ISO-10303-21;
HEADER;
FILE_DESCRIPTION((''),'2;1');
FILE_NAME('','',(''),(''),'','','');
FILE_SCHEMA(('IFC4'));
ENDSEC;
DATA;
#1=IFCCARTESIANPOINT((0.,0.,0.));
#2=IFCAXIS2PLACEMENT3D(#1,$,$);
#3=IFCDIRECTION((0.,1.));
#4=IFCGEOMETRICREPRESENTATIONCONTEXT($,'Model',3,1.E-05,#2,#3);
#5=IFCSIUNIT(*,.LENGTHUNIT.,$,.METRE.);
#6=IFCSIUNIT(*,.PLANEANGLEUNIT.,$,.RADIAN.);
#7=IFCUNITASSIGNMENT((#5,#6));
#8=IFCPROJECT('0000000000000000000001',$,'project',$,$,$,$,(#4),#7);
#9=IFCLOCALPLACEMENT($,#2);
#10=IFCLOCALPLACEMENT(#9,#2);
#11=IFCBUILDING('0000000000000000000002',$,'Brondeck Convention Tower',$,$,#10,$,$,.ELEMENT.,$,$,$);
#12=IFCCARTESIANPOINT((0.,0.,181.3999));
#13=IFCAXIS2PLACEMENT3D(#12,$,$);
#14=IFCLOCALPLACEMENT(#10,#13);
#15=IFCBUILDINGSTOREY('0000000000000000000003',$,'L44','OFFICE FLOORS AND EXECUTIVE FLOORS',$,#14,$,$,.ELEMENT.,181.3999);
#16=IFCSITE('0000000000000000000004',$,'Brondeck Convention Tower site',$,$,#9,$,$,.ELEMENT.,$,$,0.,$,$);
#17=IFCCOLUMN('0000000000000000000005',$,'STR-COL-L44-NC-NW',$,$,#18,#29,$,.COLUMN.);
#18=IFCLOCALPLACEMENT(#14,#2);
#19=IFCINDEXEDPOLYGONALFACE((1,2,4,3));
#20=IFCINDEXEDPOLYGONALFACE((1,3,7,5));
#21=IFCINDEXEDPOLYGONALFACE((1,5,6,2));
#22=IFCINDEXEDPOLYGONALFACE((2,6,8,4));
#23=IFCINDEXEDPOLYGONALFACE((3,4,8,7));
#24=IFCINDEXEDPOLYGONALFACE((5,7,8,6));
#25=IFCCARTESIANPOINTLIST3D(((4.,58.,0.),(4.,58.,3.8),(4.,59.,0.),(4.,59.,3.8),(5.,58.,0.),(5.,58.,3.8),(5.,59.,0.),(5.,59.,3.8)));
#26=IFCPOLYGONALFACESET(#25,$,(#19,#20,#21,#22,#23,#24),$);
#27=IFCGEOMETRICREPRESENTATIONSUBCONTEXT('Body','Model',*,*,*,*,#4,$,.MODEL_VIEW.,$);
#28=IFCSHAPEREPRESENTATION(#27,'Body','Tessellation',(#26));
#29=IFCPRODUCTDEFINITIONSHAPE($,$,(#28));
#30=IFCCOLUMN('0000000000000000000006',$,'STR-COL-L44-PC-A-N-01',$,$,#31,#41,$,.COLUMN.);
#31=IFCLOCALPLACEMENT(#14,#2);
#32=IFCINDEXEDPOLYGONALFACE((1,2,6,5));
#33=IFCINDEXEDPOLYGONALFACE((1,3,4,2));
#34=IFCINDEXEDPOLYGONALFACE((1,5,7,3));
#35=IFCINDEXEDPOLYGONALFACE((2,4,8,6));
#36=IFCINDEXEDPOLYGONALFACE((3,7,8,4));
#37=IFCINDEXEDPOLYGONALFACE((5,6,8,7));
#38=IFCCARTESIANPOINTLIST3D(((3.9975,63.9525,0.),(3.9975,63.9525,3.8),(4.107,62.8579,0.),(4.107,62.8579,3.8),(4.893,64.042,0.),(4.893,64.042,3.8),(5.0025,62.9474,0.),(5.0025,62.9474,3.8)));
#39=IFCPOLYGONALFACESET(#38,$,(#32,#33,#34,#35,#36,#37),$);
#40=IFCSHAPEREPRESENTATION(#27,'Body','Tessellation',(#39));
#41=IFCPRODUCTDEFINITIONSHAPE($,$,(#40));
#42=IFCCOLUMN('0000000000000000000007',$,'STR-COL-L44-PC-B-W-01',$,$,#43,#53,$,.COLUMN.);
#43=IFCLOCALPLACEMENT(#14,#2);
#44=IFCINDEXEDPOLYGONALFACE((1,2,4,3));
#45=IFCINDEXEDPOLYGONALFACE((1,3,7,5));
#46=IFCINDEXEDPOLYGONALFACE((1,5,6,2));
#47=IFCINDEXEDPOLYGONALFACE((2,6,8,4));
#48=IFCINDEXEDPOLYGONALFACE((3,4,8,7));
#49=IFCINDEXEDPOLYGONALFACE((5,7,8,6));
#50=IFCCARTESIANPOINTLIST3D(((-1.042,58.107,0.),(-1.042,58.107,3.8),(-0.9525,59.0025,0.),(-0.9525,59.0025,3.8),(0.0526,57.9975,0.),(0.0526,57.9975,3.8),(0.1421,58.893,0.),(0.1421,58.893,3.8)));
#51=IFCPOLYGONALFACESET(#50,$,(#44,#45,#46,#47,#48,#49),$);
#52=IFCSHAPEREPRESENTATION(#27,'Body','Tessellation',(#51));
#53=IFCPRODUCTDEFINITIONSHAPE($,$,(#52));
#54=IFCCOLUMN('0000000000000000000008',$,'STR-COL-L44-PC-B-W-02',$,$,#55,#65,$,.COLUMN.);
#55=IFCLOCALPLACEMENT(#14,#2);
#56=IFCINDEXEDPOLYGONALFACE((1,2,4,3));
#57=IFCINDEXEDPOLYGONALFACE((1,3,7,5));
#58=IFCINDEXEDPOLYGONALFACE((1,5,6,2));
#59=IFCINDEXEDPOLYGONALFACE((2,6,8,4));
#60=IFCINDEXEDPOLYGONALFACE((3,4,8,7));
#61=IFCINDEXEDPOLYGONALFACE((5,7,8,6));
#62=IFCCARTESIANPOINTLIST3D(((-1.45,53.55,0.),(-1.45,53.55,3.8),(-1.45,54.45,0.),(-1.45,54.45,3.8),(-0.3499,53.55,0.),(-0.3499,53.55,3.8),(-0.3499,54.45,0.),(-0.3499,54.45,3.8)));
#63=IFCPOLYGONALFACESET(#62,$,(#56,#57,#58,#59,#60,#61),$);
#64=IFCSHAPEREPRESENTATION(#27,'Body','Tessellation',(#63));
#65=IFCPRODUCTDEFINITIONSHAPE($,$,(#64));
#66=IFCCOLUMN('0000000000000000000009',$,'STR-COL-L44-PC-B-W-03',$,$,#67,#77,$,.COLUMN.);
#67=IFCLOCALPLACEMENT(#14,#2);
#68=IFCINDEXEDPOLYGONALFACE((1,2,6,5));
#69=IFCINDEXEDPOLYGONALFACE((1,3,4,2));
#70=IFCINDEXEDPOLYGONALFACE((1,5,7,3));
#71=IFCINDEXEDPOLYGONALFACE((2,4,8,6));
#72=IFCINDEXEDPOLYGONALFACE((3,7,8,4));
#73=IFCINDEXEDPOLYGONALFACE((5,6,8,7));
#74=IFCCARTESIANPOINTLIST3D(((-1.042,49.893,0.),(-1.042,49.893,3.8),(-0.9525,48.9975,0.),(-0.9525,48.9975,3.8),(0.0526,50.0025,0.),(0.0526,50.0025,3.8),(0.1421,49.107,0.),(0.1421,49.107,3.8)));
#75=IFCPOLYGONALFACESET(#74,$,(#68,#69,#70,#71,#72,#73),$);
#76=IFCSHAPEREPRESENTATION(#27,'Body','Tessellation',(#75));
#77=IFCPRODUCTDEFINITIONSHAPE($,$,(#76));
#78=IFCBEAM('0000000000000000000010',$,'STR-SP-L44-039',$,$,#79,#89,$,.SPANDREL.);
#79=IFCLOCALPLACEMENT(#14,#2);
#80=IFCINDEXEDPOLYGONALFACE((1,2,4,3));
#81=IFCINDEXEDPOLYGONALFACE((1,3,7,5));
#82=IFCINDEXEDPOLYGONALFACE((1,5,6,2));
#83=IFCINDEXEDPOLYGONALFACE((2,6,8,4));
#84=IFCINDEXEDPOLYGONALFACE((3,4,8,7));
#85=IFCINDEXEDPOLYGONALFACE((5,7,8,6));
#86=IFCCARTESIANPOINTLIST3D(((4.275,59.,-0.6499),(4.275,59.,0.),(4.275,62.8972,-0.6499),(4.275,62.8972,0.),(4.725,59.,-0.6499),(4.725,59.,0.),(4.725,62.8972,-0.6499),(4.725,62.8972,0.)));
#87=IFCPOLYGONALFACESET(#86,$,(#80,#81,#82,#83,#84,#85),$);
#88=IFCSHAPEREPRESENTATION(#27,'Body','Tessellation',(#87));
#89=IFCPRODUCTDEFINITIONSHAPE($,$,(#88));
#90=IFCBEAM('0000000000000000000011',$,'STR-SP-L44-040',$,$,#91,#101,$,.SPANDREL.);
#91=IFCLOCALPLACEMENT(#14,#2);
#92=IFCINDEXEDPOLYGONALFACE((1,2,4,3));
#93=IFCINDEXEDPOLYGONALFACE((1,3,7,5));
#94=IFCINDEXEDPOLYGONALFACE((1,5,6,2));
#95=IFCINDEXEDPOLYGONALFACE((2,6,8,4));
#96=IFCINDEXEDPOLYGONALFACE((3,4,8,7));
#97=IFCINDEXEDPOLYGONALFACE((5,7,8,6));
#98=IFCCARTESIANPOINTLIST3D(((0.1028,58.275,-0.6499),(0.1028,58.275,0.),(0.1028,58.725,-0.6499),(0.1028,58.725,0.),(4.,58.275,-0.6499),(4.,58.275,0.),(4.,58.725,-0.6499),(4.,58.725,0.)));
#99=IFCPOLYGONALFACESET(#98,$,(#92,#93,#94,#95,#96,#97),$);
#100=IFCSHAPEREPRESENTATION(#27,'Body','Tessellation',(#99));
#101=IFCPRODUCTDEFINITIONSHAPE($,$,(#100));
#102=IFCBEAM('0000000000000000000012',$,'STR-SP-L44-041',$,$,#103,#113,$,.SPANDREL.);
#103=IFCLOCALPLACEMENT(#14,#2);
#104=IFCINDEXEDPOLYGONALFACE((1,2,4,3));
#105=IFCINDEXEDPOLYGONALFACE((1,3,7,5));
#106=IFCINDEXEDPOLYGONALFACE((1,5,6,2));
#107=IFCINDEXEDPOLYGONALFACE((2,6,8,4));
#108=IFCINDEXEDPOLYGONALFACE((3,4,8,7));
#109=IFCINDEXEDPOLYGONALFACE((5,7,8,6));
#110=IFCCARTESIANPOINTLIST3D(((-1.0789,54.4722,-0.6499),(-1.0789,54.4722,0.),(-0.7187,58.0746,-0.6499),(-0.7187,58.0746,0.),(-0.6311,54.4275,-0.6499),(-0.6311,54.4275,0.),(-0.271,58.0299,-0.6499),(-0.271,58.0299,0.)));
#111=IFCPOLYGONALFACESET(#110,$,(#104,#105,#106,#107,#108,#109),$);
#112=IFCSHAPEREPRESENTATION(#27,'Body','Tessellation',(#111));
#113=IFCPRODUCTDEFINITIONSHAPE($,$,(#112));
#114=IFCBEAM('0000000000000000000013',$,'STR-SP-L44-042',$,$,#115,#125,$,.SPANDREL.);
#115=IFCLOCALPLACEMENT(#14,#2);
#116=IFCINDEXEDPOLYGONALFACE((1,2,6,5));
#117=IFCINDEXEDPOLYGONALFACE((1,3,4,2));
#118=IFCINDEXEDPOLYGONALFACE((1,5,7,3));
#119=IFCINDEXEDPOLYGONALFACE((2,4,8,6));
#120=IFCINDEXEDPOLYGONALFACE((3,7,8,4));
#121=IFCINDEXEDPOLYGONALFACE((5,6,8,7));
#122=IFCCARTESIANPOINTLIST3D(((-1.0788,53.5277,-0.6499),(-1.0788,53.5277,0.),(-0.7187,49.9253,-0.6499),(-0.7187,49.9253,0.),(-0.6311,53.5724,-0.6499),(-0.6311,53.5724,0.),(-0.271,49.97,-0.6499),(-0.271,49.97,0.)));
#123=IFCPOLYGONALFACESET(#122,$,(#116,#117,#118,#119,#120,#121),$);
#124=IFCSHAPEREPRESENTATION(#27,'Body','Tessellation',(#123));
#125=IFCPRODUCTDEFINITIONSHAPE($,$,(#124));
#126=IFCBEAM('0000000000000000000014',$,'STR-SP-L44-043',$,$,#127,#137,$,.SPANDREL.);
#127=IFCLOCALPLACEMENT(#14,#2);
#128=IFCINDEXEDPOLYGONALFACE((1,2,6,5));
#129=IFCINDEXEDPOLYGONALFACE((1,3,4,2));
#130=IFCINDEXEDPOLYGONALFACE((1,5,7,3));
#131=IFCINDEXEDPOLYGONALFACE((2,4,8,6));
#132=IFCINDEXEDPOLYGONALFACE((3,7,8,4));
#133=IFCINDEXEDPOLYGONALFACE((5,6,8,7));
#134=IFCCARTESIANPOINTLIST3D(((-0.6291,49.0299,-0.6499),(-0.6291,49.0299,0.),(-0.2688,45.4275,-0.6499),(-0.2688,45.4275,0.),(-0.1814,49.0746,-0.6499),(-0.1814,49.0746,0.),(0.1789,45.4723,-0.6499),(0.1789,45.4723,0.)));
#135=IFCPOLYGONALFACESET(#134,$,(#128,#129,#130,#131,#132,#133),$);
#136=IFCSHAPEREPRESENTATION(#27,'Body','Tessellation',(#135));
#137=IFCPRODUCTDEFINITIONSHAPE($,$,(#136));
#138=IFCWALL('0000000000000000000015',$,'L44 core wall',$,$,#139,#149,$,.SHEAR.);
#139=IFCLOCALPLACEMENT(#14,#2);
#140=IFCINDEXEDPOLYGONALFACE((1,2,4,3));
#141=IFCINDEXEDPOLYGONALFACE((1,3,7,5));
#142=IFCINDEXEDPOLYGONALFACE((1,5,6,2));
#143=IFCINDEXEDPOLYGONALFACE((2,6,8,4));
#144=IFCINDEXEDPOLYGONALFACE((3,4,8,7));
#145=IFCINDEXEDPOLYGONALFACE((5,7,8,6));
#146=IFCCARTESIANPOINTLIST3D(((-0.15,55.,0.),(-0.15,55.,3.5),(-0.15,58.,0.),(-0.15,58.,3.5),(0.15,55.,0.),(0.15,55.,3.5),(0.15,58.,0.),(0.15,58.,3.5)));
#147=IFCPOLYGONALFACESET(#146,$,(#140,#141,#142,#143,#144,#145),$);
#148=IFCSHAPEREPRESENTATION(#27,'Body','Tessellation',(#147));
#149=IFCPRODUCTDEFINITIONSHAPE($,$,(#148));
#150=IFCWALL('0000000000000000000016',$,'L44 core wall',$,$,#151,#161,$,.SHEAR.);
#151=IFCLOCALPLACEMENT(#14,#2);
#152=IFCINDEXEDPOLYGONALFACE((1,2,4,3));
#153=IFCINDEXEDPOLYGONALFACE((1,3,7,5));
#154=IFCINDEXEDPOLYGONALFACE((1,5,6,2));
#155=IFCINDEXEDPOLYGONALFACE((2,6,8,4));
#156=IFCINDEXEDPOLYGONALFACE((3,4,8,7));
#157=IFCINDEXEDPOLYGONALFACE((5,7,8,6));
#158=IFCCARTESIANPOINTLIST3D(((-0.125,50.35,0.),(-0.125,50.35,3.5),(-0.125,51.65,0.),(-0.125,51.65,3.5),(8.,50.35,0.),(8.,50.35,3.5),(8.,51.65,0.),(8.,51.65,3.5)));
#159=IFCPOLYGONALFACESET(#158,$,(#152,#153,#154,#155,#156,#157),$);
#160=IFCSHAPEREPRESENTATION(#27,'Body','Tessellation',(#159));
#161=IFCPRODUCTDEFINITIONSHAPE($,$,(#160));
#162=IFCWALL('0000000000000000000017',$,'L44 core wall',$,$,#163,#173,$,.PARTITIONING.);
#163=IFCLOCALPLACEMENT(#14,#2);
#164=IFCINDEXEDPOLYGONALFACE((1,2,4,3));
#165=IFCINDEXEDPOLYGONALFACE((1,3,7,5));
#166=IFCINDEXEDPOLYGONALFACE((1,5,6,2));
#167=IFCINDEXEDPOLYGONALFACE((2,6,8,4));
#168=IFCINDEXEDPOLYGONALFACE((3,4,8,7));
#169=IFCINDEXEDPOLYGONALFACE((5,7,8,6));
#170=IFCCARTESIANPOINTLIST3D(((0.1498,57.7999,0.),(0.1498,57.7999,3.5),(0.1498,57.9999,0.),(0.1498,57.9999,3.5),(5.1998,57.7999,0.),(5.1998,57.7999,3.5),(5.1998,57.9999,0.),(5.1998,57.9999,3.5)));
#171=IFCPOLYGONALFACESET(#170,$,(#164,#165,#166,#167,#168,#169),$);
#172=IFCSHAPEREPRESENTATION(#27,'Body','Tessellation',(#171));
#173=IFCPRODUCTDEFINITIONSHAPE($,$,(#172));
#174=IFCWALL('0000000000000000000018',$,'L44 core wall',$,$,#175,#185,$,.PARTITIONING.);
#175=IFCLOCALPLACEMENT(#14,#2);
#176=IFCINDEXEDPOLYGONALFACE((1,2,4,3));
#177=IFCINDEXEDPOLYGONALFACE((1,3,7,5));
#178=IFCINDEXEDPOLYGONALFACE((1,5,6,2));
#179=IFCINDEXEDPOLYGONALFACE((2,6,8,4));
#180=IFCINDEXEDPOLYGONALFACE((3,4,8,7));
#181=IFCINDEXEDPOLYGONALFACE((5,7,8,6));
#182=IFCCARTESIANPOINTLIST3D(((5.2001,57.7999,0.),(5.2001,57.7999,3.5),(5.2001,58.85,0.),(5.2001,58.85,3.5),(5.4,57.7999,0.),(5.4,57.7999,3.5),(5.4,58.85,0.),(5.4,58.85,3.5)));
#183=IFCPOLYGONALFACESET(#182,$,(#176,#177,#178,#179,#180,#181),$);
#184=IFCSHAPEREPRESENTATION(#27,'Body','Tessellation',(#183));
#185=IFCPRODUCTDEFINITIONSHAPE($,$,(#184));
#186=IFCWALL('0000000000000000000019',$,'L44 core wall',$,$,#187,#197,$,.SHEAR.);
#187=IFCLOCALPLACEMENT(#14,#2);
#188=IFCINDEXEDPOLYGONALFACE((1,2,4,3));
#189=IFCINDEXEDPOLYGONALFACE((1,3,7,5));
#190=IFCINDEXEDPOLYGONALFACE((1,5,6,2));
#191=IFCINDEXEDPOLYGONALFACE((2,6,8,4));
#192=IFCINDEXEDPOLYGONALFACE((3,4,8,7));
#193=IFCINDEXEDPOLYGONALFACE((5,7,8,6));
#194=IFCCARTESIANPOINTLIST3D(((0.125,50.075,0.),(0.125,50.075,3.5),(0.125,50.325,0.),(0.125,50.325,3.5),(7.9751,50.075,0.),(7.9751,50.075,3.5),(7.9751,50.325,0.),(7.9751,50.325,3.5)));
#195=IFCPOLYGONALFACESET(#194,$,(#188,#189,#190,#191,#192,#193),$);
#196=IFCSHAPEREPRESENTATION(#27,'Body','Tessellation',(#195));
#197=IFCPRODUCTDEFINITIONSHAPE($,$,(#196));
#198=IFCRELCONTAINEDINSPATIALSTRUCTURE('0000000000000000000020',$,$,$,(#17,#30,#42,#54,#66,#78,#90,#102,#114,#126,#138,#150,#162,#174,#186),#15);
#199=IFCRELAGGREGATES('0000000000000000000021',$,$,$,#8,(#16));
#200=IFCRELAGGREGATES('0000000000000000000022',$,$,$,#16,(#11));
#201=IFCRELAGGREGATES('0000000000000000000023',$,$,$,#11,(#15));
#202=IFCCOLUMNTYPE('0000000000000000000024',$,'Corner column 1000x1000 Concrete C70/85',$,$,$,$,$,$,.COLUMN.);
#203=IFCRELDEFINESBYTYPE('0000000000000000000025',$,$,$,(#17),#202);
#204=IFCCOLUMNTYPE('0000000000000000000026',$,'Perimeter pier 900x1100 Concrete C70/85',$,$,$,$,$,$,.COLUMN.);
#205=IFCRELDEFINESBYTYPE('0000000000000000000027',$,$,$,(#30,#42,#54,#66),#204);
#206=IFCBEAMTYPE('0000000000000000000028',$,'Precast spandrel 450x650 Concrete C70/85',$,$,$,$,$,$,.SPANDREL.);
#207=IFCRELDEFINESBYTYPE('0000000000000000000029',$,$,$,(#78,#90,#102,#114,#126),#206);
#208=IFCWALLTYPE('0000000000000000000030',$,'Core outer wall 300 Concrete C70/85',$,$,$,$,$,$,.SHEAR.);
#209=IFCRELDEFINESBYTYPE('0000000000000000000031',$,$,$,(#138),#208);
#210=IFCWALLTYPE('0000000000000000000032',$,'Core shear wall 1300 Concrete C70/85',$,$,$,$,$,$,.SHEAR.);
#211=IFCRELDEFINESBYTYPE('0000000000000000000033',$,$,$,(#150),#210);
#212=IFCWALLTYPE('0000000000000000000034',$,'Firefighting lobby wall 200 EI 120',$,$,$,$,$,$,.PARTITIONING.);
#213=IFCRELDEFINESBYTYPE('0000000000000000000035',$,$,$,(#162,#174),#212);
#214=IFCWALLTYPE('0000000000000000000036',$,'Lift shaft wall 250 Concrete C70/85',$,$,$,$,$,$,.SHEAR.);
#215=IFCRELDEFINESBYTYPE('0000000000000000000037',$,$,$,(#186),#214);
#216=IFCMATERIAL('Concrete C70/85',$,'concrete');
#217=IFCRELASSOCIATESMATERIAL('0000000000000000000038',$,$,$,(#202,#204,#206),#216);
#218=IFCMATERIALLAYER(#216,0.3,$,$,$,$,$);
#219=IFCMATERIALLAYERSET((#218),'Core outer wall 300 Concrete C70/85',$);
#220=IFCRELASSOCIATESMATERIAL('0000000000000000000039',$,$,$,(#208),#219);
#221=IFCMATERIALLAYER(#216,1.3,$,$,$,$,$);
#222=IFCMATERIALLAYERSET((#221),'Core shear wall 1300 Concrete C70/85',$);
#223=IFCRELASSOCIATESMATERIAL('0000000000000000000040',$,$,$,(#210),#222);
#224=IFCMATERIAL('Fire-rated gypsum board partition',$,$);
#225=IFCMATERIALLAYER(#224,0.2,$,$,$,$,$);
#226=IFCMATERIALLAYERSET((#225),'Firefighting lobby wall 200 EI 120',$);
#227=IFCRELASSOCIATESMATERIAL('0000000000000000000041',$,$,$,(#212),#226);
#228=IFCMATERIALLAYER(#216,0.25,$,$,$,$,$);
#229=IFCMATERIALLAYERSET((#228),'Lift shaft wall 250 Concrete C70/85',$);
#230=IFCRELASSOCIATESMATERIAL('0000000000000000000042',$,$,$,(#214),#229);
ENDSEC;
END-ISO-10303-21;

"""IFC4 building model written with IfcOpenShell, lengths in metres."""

from ifc_helpers import new_model, si_unit, direction, frame, frame_2d, origin, origin_2d, place, context, subcontext, project, spatial, rectangle, extrude, material, layer, layer_set, material_profile, profile_set, type_object, element, save


model = new_model("IFC4")

# Units and contexts
model_context = context("Model", 3, precision=1e-05, world=origin(), true_north=direction((0.0, 1.0)))
body_context = subcontext(model_context, "Body", "Model", "MODEL_VIEW")
ifc_project = project(units=[si_unit("LENGTHUNIT", "METRE"), si_unit("PLANEANGLEUNIT", "RADIAN")], contexts=[model_context])

# Site, building, storey
site_placement = place(None, origin())
site = spatial("IfcSite", under=ifc_project, at=site_placement, Name="Brondeck Convention Tower site", CompositionType="ELEMENT", RefElevation=0.0)
building_placement = place(site_placement, origin())
building = spatial("IfcBuilding", under=site, at=building_placement, Name="Brondeck Convention Tower", CompositionType="ELEMENT")
storey_placement = place(building_placement, frame((0.0, 0.0, 181.3999)))
storey = spatial("IfcBuildingStorey", under=building, at=storey_placement, Name="L44", Description="OFFICE FLOORS AND EXECUTIVE FLOORS", CompositionType="ELEMENT", Elevation=181.3999)

# Columns
ifc_material_1 = material(Name="Concrete C70/85", Category="concrete")
ifc_material_profile_1 = material_profile(ifc_material_1, rectangle(XDim=1.0, YDim=1.0, at=origin_2d()), Name="Corner column 1000x1000 Concrete C70/85")
ifc_profile_set_1 = profile_set([ifc_material_profile_1], Name="Concrete C70/85")
column_type_1 = type_object("IfcColumnType", Name="Corner column 1000x1000 Concrete C70/85", PredefinedType="COLUMN", material=ifc_profile_set_1)
column_placement = place(storey_placement, frame((4.5, 58.5, 0.0), z_axis=(0.0, 0.0, 1.0), x_axis=(1.0, 0.0, 0.0)))
element("IfcColumn", 1, at=column_placement, inside=storey, type_object=column_type_1, Name="STR-COL-L44-NC-NW", PredefinedType="COLUMN", context=body_context, shape_type="SweptSolid", body=[
    extrude(rectangle(XDim=1.0, YDim=1.0, at=origin_2d()), origin(), (0.0, 0.0, 1.0), 3.8),
])
ifc_material_profile_2 = material_profile(ifc_material_1, rectangle(XDim=0.8999, YDim=1.1001, at=origin_2d()), Name="Perimeter pier 900x1100 Concrete C70/85")
ifc_profile_set_2 = profile_set([ifc_material_profile_2], Name="Concrete C70/85")
column_type_2 = type_object("IfcColumnType", Name="Perimeter pier 900x1100 Concrete C70/85", PredefinedType="COLUMN", material=ifc_profile_set_2)
for number, where, z_axis, x_axis, name in (
    (2, (4.5, 63.45, 0.0), (0.0, 0.0, 1.0), (-0.995037, -0.099504, 0.0), "STR-COL-L44-PC-A-N-01"),
    (3, (-0.45, 58.5, 0.0), (0.0, 0.0, 1.0), (-0.099504, -0.995037, 0.0), "STR-COL-L44-PC-B-W-01"),
    (4, (-0.8999, 54.0, 0.0), (0.0, 0.0, 1.0), (0.0, -1.0, 0.0), "STR-COL-L44-PC-B-W-02"),
    (5, (-0.45, 49.5, 0.0), (0.0, 0.0, 1.0), (0.099504, -0.995037, 0.0), "STR-COL-L44-PC-B-W-03"),
):
    element("IfcColumn", number, at=place(storey_placement, frame(where, z_axis=z_axis, x_axis=x_axis)), inside=storey, type_object=column_type_2, Name=name, PredefinedType="COLUMN", context=body_context, shape_type="SweptSolid", body=[
        extrude(rectangle(XDim=0.8999, YDim=1.1001, at=origin_2d()), origin(), (0.0, 0.0, 1.0), 3.8),
    ])

# Beams
ifc_material_profile_3 = material_profile(ifc_material_1, rectangle(XDim=0.45, YDim=0.6499, at=origin_2d()), Name="Precast spandrel 450x650 Concrete C70/85")
ifc_profile_set_3 = profile_set([ifc_material_profile_3], Name="Concrete C70/85")
beam_type = type_object("IfcBeamType", Name="Precast spandrel 450x650 Concrete C70/85", PredefinedType="SPANDREL", material=ifc_profile_set_3)
for number, where, z_axis, x_axis, name in (
    (6, (4.5, 62.8972, -0.325), (0.0, -1.0, 0.0), (1.0, 0.0, 0.0), "STR-SP-L44-039"),
    (7, (4.0, 58.5, -0.325), (-1.0, 0.0, 0.0), (0.0, -1.0, 0.0), "STR-SP-L44-040"),
):
    element("IfcBeam", number, at=place(storey_placement, frame(where, z_axis=z_axis, x_axis=x_axis)), inside=storey, type_object=beam_type, Name=name, PredefinedType="SPANDREL", context=body_context, shape_type="SweptSolid", body=[
        extrude(rectangle(XDim=0.45, YDim=0.6499, at=origin_2d()), origin(), (0.0, 0.0, 1.0), 3.8972),
    ])
for number, where, z_axis, x_axis, name in (
    (8, (-0.4949, 58.0522, -0.325), (-0.09947, -0.995041, 0.0), (0.995041, -0.09947, 0.0), "STR-SP-L44-041"),
    (9, (-0.855, 53.55, -0.325), (0.09947, -0.995041, 0.0), (0.995041, 0.09947, 0.0), "STR-SP-L44-042"),
    (10, (-0.4053, 49.0522, -0.325), (0.099537, -0.995034, 0.0), (0.995034, 0.099537, 0.0), "STR-SP-L44-043"),
):
    element("IfcBeam", number, at=place(storey_placement, frame(where, z_axis=z_axis, x_axis=x_axis)), inside=storey, type_object=beam_type, Name=name, PredefinedType="SPANDREL", context=body_context, shape_type="SweptSolid", body=[
        extrude(rectangle(XDim=0.45, YDim=0.6499, at=origin_2d()), origin(), (0.0, 0.0, 1.0), 3.6204),
    ])

# Walls
ifc_layer_1 = layer(ifc_material_1, 0.3)
ifc_layer_set_1 = layer_set([ifc_layer_1], Name="Core outer wall 300 Concrete C70/85")
wall_type_1 = type_object("IfcWallType", Name="Core outer wall 300 Concrete C70/85", PredefinedType="SHEAR", material=ifc_layer_set_1)
wall_1_placement = place(storey_placement, frame((0.0, 55.0, 0.0), z_axis=(0.0, 0.0, 1.0), x_axis=(0.0, 1.0, 0.0)))
element("IfcWall", 11, at=wall_1_placement, inside=storey, type_object=wall_type_1, Name="L44 core wall", PredefinedType="SHEAR", context=body_context, shape_type="SweptSolid", body=[
    extrude(rectangle(XDim=3.0, YDim=0.3, at=frame_2d((1.5, 0.0))), origin(), (0.0, 0.0, 1.0), 3.5),
])
ifc_layer_2 = layer(ifc_material_1, 1.3)
ifc_layer_set_2 = layer_set([ifc_layer_2], Name="Core shear wall 1300 Concrete C70/85")
wall_type_2 = type_object("IfcWallType", Name="Core shear wall 1300 Concrete C70/85", PredefinedType="SHEAR", material=ifc_layer_set_2)
wall_2_placement = place(storey_placement, frame((-0.125, 51.0, 0.0), z_axis=(0.0, 0.0, 1.0), x_axis=(1.0, 0.0, 0.0)))
element("IfcWall", 12, at=wall_2_placement, inside=storey, type_object=wall_type_2, Name="L44 core wall", PredefinedType="SHEAR", context=body_context, shape_type="SweptSolid", body=[
    extrude(rectangle(XDim=8.125, YDim=1.3, at=frame_2d((4.0625, 0.0))), origin(), (0.0, 0.0, 1.0), 3.5),
])
ifc_material_2 = material(Name="Fire-rated gypsum board partition")
ifc_layer_3 = layer(ifc_material_2, 0.2)
ifc_layer_set_3 = layer_set([ifc_layer_3], Name="Firefighting lobby wall 200 EI 120")
wall_type_3 = type_object("IfcWallType", Name="Firefighting lobby wall 200 EI 120", PredefinedType="PARTITIONING", material=ifc_layer_set_3)
wall_3_placement = place(storey_placement, frame((0.1499, 57.8999, 0.0), z_axis=(0.0, 0.0, 1.0), x_axis=(1.0, 0.0, 0.0)))
element("IfcWall", 13, at=wall_3_placement, inside=storey, type_object=wall_type_3, Name="L44 core wall", PredefinedType="PARTITIONING", context=body_context, shape_type="SweptSolid", body=[
    extrude(rectangle(XDim=5.05, YDim=0.2, at=frame_2d((2.5249, 0.0))), origin(), (0.0, 0.0, 1.0), 3.5),
])
wall_4_placement = place(storey_placement, frame((5.3, 57.8, 0.0), z_axis=(0.0, 0.0, 1.0), x_axis=(0.0, 1.0, 0.0)))
element("IfcWall", 14, at=wall_4_placement, inside=storey, type_object=wall_type_3, Name="L44 core wall", PredefinedType="PARTITIONING", context=body_context, shape_type="SweptSolid", body=[
    extrude(rectangle(XDim=1.05, YDim=0.2, at=frame_2d((0.5249, 0.0))), origin(), (0.0, 0.0, 1.0), 3.5),
])
ifc_layer_4 = layer(ifc_material_1, 0.25)
ifc_layer_set_4 = layer_set([ifc_layer_4], Name="Lift shaft wall 250 Concrete C70/85")
wall_type_4 = type_object("IfcWallType", Name="Lift shaft wall 250 Concrete C70/85", PredefinedType="SHEAR", material=ifc_layer_set_4)
for number, where, z_axis, x_axis, name in (
    (15, (0.125, 50.2, 0.0), (0.0, 0.0, 1.0), (1.0, 0.0, 0.0), "L44 core wall"),
):
    element("IfcWall", number, at=place(storey_placement, frame(where, z_axis=z_axis, x_axis=x_axis)), inside=storey, type_object=wall_type_4, Name=name, PredefinedType="SHEAR", context=body_context, shape_type="SweptSolid", body=[
        extrude(rectangle(XDim=7.8501, YDim=0.25, at=frame_2d((3.925, 0.0))), origin(), (0.0, 0.0, 1.0), 3.5),
    ])

save(model, "model.ifc")
